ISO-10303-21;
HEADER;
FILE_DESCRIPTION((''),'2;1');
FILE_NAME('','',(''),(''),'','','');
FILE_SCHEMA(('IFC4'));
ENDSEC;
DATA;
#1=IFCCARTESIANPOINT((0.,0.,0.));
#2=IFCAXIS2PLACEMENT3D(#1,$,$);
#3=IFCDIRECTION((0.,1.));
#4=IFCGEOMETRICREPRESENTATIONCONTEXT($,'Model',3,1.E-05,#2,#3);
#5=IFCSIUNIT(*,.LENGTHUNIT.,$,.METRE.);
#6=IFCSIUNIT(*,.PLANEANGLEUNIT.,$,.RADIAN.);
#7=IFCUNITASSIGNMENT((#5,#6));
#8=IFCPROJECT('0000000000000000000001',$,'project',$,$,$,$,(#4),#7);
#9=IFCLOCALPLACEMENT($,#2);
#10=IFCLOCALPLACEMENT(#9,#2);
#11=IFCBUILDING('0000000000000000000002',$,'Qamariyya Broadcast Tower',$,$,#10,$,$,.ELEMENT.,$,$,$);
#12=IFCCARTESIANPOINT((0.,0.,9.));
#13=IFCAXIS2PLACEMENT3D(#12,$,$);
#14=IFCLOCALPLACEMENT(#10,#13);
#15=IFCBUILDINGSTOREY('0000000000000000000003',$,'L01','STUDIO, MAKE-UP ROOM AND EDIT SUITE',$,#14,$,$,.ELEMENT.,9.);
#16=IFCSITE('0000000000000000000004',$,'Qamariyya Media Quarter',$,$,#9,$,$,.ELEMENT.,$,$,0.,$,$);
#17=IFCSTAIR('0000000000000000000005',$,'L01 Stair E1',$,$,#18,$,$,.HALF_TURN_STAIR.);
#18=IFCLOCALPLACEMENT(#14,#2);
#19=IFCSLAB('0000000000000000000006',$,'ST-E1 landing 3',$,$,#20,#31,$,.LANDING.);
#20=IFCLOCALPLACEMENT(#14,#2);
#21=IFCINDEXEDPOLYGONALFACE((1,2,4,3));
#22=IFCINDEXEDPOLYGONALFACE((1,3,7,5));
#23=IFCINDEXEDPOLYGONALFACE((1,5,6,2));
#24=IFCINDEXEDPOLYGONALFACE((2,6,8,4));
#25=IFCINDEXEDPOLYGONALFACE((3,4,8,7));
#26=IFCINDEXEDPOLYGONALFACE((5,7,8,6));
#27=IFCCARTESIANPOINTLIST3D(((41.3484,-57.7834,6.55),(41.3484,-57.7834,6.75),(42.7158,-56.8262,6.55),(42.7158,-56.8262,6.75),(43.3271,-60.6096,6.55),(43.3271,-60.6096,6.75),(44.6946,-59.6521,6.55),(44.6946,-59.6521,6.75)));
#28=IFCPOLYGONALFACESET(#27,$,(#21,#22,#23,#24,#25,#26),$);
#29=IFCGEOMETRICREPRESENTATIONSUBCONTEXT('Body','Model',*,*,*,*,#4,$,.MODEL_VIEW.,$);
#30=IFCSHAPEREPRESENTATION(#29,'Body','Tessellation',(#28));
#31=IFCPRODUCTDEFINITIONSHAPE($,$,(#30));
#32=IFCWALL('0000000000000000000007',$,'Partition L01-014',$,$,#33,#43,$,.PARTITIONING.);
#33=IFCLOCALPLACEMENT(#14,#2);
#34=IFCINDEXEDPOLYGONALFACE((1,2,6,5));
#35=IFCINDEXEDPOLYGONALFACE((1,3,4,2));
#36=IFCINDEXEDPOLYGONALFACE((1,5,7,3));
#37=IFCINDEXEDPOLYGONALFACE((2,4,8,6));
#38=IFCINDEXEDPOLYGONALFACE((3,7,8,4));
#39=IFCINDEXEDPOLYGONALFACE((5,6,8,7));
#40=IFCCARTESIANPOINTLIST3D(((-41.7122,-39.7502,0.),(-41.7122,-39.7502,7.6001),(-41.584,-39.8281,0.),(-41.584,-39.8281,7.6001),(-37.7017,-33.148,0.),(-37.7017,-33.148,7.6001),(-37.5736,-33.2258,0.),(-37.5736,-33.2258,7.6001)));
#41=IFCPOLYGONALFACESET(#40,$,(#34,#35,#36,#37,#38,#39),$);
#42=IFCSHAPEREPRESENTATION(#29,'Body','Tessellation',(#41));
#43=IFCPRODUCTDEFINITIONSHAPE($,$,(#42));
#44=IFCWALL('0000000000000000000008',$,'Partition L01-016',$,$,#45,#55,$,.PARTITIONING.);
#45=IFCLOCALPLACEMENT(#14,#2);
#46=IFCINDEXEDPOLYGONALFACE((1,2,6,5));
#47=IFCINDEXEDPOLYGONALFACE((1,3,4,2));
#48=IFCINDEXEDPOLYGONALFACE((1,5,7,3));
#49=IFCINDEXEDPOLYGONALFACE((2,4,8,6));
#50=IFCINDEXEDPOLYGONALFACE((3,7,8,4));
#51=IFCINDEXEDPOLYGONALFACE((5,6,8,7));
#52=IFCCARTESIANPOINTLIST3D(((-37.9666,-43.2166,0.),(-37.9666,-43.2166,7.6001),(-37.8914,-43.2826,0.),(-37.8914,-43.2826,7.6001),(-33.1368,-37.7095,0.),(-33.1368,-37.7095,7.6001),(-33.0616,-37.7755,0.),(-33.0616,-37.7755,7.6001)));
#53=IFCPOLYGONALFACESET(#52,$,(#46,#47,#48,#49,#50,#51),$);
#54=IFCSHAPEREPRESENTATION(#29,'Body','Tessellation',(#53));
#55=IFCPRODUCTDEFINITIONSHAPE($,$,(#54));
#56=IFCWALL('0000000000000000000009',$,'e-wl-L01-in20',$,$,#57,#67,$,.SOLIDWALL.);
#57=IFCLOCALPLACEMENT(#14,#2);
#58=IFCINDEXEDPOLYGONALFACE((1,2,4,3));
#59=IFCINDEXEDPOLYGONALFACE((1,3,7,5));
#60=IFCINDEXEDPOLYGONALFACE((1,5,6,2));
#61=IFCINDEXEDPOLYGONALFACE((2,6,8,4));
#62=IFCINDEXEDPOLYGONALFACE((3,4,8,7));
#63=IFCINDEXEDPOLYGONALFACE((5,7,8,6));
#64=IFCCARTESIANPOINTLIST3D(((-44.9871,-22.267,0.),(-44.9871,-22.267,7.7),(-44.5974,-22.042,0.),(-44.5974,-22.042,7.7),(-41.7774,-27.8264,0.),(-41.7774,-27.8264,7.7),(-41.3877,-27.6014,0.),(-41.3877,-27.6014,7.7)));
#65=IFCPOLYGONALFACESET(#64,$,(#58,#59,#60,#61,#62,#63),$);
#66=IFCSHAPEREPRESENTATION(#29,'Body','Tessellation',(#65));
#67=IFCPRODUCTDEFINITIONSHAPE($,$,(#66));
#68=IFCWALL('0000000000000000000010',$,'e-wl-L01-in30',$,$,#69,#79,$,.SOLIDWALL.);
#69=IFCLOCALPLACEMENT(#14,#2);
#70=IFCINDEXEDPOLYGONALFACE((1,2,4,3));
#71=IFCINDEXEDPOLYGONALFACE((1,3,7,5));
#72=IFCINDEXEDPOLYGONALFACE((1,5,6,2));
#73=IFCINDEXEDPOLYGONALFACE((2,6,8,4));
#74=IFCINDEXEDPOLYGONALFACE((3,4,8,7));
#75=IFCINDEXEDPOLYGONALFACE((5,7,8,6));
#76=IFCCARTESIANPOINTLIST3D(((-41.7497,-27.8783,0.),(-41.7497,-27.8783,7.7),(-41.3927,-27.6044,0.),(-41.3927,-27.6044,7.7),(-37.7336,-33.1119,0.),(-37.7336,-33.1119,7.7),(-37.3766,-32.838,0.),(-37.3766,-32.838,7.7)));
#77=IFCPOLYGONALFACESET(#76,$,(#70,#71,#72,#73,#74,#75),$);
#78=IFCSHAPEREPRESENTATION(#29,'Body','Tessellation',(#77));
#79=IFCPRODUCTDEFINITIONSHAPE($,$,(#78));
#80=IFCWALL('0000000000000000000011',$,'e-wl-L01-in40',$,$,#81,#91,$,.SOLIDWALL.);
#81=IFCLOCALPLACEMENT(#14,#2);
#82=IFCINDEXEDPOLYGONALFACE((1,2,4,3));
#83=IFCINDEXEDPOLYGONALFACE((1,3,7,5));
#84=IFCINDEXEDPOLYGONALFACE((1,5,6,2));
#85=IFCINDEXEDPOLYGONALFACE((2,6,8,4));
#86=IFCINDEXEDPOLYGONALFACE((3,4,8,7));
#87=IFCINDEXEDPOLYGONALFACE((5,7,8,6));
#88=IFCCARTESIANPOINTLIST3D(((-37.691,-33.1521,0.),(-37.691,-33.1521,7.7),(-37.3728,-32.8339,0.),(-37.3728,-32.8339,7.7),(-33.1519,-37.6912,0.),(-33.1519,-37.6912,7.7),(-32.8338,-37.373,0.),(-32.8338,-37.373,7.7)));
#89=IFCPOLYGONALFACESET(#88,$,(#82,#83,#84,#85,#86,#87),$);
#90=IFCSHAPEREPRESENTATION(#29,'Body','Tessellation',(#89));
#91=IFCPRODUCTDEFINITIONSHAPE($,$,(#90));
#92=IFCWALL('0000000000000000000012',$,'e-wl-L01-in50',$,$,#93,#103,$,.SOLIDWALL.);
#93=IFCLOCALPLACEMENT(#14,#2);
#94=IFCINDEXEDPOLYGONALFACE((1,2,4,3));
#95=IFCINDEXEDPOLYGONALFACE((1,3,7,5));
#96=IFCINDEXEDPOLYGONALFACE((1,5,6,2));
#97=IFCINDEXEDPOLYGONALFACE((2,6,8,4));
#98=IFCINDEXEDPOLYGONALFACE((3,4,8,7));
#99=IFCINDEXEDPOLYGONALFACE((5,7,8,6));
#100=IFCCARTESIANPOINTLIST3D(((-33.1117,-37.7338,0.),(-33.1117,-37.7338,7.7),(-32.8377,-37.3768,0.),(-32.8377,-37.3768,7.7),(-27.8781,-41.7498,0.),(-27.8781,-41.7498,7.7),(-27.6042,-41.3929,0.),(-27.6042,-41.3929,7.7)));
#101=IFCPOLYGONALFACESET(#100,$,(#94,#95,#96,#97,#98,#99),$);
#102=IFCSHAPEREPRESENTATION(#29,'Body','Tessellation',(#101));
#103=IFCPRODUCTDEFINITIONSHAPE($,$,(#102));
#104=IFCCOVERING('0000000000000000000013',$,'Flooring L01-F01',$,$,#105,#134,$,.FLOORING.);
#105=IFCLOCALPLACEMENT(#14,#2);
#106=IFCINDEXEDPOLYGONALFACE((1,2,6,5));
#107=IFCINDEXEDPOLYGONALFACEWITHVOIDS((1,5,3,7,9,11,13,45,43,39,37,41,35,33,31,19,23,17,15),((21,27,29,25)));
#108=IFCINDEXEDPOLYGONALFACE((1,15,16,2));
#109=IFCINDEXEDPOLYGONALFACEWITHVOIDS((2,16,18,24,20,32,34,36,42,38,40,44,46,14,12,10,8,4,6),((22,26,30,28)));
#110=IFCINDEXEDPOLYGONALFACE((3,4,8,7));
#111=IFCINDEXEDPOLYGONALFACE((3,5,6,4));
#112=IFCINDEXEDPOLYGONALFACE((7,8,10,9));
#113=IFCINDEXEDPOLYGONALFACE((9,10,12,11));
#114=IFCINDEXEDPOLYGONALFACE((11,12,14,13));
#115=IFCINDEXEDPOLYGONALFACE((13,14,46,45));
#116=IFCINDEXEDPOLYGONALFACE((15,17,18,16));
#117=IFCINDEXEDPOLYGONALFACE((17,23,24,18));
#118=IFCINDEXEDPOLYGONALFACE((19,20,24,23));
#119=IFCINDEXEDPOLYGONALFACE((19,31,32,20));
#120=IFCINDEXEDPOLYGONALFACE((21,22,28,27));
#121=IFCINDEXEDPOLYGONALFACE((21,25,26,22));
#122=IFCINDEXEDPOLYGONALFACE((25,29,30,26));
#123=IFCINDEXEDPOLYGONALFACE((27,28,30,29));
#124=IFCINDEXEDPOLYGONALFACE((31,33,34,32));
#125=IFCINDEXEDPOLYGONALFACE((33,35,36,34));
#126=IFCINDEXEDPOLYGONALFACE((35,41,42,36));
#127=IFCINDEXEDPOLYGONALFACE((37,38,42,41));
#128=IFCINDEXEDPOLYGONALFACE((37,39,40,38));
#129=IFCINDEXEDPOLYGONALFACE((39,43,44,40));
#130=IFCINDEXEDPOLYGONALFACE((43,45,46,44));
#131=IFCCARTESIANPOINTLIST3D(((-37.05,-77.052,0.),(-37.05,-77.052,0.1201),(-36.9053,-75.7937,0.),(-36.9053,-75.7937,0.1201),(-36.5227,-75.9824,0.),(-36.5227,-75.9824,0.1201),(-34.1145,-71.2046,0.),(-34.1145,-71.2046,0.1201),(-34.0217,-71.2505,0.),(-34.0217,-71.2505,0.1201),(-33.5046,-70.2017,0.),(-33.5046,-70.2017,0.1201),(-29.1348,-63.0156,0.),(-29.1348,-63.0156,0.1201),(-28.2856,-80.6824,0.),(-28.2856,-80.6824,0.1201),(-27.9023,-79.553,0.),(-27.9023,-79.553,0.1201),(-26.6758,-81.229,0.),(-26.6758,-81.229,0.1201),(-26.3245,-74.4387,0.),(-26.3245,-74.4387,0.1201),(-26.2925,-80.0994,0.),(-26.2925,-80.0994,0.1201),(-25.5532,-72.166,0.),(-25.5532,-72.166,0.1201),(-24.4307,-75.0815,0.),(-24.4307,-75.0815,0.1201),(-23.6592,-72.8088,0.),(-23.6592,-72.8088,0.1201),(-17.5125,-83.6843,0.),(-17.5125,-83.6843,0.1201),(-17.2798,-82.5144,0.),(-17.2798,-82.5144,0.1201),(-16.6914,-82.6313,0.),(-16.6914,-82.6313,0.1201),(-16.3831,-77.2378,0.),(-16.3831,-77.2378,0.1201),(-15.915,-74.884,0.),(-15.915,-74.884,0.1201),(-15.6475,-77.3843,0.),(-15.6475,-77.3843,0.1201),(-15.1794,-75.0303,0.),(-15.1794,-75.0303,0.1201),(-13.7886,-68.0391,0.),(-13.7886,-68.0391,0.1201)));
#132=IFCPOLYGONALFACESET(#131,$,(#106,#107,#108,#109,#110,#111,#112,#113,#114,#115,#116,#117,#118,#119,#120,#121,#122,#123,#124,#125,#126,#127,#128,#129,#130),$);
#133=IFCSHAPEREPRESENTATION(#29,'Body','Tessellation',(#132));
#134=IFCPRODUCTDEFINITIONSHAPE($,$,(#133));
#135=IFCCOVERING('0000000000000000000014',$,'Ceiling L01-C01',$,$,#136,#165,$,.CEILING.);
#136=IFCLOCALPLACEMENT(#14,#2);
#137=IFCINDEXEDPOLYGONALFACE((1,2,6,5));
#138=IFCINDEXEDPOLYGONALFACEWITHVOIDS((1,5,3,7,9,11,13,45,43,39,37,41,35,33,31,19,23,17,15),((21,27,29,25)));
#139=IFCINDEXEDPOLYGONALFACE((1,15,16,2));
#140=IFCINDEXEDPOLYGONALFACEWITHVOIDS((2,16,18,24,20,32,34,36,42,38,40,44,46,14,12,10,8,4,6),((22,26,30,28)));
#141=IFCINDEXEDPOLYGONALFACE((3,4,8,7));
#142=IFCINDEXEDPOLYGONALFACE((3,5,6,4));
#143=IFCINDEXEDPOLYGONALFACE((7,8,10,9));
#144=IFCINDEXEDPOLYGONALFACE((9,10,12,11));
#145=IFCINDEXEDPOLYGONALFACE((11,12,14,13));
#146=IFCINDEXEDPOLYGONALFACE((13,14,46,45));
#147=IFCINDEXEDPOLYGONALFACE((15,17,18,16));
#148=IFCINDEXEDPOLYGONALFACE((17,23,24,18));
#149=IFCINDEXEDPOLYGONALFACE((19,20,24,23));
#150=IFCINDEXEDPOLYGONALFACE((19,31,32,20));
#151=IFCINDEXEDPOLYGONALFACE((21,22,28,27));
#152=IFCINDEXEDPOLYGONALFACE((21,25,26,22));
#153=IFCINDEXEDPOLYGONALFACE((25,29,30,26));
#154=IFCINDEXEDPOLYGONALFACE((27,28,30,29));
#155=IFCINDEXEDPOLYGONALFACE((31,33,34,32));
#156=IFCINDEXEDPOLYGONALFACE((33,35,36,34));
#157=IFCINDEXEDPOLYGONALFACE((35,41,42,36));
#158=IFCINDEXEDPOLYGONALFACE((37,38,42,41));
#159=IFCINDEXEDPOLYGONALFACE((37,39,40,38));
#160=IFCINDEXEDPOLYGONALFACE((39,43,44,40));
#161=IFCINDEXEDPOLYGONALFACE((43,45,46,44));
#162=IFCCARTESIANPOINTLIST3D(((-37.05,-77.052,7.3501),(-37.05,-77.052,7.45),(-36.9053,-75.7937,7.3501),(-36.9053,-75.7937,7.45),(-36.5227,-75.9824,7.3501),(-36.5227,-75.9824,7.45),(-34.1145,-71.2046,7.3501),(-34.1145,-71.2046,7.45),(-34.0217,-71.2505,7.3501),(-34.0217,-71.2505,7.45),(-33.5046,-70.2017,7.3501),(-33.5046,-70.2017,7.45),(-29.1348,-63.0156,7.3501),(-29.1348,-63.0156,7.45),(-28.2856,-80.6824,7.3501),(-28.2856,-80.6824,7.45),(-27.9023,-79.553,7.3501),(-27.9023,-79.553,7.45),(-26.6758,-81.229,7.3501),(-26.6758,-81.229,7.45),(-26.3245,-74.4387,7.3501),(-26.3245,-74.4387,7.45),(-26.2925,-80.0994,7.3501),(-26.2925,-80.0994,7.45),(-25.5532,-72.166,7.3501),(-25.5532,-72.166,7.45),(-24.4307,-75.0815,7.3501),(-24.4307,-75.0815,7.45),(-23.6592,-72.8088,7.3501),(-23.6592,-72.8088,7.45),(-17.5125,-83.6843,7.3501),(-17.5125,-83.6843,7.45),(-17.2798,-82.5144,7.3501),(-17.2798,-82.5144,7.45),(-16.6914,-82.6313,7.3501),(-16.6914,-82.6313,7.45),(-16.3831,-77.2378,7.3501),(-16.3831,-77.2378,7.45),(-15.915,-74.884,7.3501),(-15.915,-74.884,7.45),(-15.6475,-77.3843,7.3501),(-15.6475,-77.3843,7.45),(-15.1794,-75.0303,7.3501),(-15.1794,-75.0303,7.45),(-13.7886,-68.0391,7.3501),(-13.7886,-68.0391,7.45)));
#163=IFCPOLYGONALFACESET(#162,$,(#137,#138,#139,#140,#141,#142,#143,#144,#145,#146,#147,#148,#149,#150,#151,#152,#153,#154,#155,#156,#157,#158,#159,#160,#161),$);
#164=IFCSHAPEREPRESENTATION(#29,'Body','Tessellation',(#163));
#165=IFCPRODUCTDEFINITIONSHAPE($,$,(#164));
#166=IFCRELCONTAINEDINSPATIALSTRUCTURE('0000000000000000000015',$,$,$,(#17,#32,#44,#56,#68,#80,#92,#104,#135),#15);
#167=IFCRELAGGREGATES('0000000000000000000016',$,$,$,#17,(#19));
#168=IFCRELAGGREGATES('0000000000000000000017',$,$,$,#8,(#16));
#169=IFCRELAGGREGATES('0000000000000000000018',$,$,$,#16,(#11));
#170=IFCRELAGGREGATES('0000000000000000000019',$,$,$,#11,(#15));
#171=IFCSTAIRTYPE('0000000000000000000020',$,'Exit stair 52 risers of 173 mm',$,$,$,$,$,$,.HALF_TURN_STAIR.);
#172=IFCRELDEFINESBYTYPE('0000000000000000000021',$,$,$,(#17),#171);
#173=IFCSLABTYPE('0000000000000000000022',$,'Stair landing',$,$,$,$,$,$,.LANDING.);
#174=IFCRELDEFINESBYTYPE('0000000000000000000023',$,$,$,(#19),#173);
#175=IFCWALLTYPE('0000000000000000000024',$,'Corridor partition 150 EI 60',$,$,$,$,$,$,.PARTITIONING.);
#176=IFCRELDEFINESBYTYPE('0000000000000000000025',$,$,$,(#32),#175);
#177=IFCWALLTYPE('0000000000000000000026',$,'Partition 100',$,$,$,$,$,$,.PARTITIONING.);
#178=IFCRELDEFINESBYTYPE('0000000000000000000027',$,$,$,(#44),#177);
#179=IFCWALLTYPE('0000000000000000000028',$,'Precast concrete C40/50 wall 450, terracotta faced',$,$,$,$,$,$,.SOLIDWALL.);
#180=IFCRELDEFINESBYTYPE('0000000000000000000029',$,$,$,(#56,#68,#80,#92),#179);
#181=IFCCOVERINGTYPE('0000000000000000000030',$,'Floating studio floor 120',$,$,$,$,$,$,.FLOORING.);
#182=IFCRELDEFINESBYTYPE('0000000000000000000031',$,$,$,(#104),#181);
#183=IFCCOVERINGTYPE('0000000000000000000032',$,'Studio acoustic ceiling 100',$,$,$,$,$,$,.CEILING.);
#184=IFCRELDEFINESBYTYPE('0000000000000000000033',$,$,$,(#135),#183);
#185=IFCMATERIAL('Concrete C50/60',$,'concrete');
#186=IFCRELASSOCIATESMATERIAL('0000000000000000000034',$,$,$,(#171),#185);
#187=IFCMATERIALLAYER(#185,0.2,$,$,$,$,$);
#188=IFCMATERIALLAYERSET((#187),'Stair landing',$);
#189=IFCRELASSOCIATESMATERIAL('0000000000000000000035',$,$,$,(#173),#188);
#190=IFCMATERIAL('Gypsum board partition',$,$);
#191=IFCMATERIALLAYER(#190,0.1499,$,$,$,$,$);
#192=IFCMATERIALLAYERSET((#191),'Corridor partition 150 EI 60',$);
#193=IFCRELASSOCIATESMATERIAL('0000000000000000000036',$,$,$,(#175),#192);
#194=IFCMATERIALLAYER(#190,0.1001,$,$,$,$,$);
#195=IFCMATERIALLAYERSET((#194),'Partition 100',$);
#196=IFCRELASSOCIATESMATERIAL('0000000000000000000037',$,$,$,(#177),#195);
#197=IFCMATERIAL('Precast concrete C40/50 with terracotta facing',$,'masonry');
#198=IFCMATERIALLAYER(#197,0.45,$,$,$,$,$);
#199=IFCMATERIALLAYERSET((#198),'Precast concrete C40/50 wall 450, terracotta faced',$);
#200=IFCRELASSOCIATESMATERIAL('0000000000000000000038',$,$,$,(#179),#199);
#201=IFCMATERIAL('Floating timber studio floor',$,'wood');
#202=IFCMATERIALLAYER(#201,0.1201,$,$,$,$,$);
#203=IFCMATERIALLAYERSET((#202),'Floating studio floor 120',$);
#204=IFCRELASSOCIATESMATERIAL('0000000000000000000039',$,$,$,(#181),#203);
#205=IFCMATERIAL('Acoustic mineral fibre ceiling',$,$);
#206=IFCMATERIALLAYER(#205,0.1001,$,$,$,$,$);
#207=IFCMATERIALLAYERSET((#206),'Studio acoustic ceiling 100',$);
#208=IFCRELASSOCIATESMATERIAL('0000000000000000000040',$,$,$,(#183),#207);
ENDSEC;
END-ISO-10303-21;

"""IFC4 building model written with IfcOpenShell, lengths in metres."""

from ifc_helpers import new_model, si_unit, direction, frame, frame_2d, origin, place, context, subcontext, project, spatial, polyline, rectangle, outline, extrude, material, layer, layer_set, type_object, element, aggregate, save


model = new_model("IFC4")

# Units and contexts
model_context = context("Model", 3, precision=1e-05, world=origin(), true_north=direction((0.0, 1.0)))
body_context = subcontext(model_context, "Body", "Model", "MODEL_VIEW")
ifc_project = project(units=[si_unit("LENGTHUNIT", "METRE"), si_unit("PLANEANGLEUNIT", "RADIAN")], contexts=[model_context])

# Site, building, storey
site_placement = place(None, origin())
site = spatial("IfcSite", under=ifc_project, at=site_placement, Name="Qamariyya Media Quarter", CompositionType="ELEMENT", RefElevation=0.0)
building_placement = place(site_placement, origin())
building = spatial("IfcBuilding", under=site, at=building_placement, Name="Qamariyya Broadcast Tower", CompositionType="ELEMENT")
storey_placement = place(building_placement, frame((0.0, 0.0, 9.0)))
storey = spatial("IfcBuildingStorey", under=building, at=storey_placement, Name="L01", Description="STUDIO, MAKE-UP ROOM AND EDIT SUITE", CompositionType="ELEMENT", Elevation=9.0)

# Shared definitions
ifc_material_1 = material(Name="Concrete C50/60", Category="concrete")

# Stair, slab
stair_type = type_object("IfcStairType", Name="Exit stair 52 risers of 173 mm", PredefinedType="HALF_TURN_STAIR", material=ifc_material_1)
ifc_layer_1 = layer(ifc_material_1, 0.2)
ifc_layer_set_1 = layer_set([ifc_layer_1], Name="Stair landing")
slab_type_1 = type_object("IfcSlabType", Name="Stair landing", PredefinedType="LANDING", material=ifc_layer_set_1)
stair_1_placement = place(storey_placement, origin())
stair_1 = element("IfcStair", 1, at=stair_1_placement, inside=storey, type_object=stair_type, Name="L01 Stair E1", PredefinedType="HALF_TURN_STAIR")
slab_1_placement = place(storey_placement, frame((0.0, 0.0, 6.55)))
slab_1 = element("IfcSlab", 2, at=slab_1_placement, type_object=slab_type_1, Name="ST-E1 landing 3", PredefinedType="LANDING", context=body_context, shape_type="SweptSolid", body=[
    extrude(outline(polyline([(42.7158, -56.8262), (41.3484, -57.7834), (43.3271, -60.6096), (44.6946, -59.6521), (42.7158, -56.8262)])), origin(), (0.0, 0.0, 1.0), 0.2),
])
aggregate(stair_1, [slab_1])

# Walls
ifc_material_2 = material(Name="Gypsum board partition")
ifc_layer_2 = layer(ifc_material_2, 0.1499)
ifc_layer_set_2 = layer_set([ifc_layer_2], Name="Corridor partition 150 EI 60")
wall_type_1 = type_object("IfcWallType", Name="Corridor partition 150 EI 60", PredefinedType="PARTITIONING", material=ifc_layer_set_2)
wall_1_placement = place(storey_placement, frame((-37.6377, -33.187, 0.0), z_axis=(0.0, 0.0, 1.0), x_axis=(-0.519164, -0.854675, 0.0)))
element("IfcWall", 3, at=wall_1_placement, inside=storey, type_object=wall_type_1, Name="Partition L01-014", PredefinedType="PARTITIONING", context=body_context, shape_type="SweptSolid", body=[
    extrude(rectangle(XDim=7.7249, YDim=0.1499, at=frame_2d((3.8623, 0.0))), origin(), (0.0, 0.0, 1.0), 7.6001),
])
ifc_layer_3 = layer(ifc_material_2, 0.1001)
ifc_layer_set_3 = layer_set([ifc_layer_3], Name="Partition 100")
wall_type_2 = type_object("IfcWallType", Name="Partition 100", PredefinedType="PARTITIONING", material=ifc_layer_set_3)
wall_2_placement = place(storey_placement, frame((-33.0991, -37.7424, 0.0), z_axis=(0.0, 0.0, 1.0), x_axis=(-0.659365, -0.751823, 0.0)))
element("IfcWall", 4, at=wall_2_placement, inside=storey, type_object=wall_type_2, Name="Partition L01-016", PredefinedType="PARTITIONING", context=body_context, shape_type="SweptSolid", body=[
    extrude(rectangle(XDim=7.325, YDim=0.1001, at=frame_2d((3.6626, 0.0))), origin(), (0.0, 0.0, 1.0), 7.6001),
])
ifc_material_3 = material(Name="Precast concrete C40/50 with terracotta facing", Category="masonry")
ifc_layer_4 = layer(ifc_material_3, 0.45)
ifc_layer_set_4 = layer_set([ifc_layer_4], Name="Precast concrete C40/50 wall 450, terracotta faced")
wall_type_3 = type_object("IfcWallType", Name="Precast concrete C40/50 wall 450, terracotta faced", PredefinedType="SOLIDWALL", material=ifc_layer_set_4)
wall_3_placement = place(storey_placement, frame((-41.5825, -27.7139, 0.0), z_axis=(0.0, 0.0, 1.0), x_axis=(-0.500004, 0.866023, 0.0)))
element("IfcWall", 5, at=wall_3_placement, inside=storey, type_object=wall_type_3, Name="e-wl-L01-in20", PredefinedType="SOLIDWALL", context=body_context, shape_type="SweptSolid", body=[
    extrude(rectangle(XDim=6.4194, YDim=0.45, at=frame_2d((3.2097, 0.0))), origin(), (0.0, 0.0, 1.0), 7.7),
])
wall_4_placement = place(storey_placement, frame((-37.5552, -32.9749, 0.0), z_axis=(0.0, 0.0, 1.0), x_axis=(-0.60878, 0.793339, 0.0)))
element("IfcWall", 6, at=wall_4_placement, inside=storey, type_object=wall_type_3, Name="e-wl-L01-in30", PredefinedType="SOLIDWALL", context=body_context, shape_type="SweptSolid", body=[
    extrude(rectangle(XDim=6.5969, YDim=0.45, at=frame_2d((3.2983, 0.0))), origin(), (0.0, 0.0, 1.0), 7.7),
])
wall_5_placement = place(storey_placement, frame((-32.9929, -37.532, 0.0), z_axis=(0.0, 0.0, 1.0), x_axis=(-0.707107, 0.707107, 0.0)))
element("IfcWall", 7, at=wall_5_placement, inside=storey, type_object=wall_type_3, Name="e-wl-L01-in40", PredefinedType="SOLIDWALL", context=body_context, shape_type="SweptSolid", body=[
    extrude(rectangle(XDim=6.4192, YDim=0.45, at=frame_2d((3.2095, 0.0))), origin(), (0.0, 0.0, 1.0), 7.7),
])
wall_6_placement = place(storey_placement, frame((-27.7412, -41.5713, 0.0), z_axis=(0.0, 0.0, 1.0), x_axis=(-0.793339, 0.60878, 0.0)))
element("IfcWall", 8, at=wall_6_placement, inside=storey, type_object=wall_type_3, Name="e-wl-L01-in50", PredefinedType="SOLIDWALL", context=body_context, shape_type="SweptSolid", body=[
    extrude(rectangle(XDim=6.5969, YDim=0.45, at=frame_2d((3.2983, 0.0))), origin(), (0.0, 0.0, 1.0), 7.7),
])

# Coverings
ifc_material_4 = material(Name="Floating timber studio floor", Category="wood")
ifc_layer_5 = layer(ifc_material_4, 0.1201)
ifc_layer_set_5 = layer_set([ifc_layer_5], Name="Floating studio floor 120")
covering_type_1 = type_object("IfcCoveringType", Name="Floating studio floor 120", PredefinedType="FLOORING", material=ifc_layer_set_5)
covering_1_placement = place(storey_placement, origin())
element("IfcCovering", 9, at=covering_1_placement, inside=storey, type_object=covering_type_1, Name="Flooring L01-F01", PredefinedType="FLOORING", context=body_context, shape_type="SweptSolid", body=[
    extrude(outline(polyline([(-34.0217, -71.2505), (-33.5046, -70.2017), (-29.1348, -63.0156), (-13.7886, -68.0391), (-15.1794, -75.0303), (-15.915, -74.884), (-16.3831, -77.2378), (-15.6475, -77.3843), (-16.6914, -82.6313), (-17.2798, -82.5144), (-17.5125, -83.6843), (-26.6758, -81.229), (-26.2925, -80.0994), (-27.9023, -79.553), (-28.2856, -80.6824), (-37.05, -77.052), (-36.5227, -75.9824), (-36.9053, -75.7937), (-34.1145, -71.2046), (-34.0217, -71.2505)]), holes=[polyline([(-26.3245, -74.4387), (-24.4307, -75.0815), (-23.6592, -72.8088), (-25.5532, -72.166), (-26.3245, -74.4387)])]), origin(), (0.0, 0.0, 1.0), 0.1201),
])
ifc_material_5 = material(Name="Acoustic mineral fibre ceiling")
ifc_layer_6 = layer(ifc_material_5, 0.1001)
ifc_layer_set_6 = layer_set([ifc_layer_6], Name="Studio acoustic ceiling 100")
covering_type_2 = type_object("IfcCoveringType", Name="Studio acoustic ceiling 100", PredefinedType="CEILING", material=ifc_layer_set_6)
covering_2_placement = place(storey_placement, frame((0.0, 0.0, 7.3501)))
element("IfcCovering", 10, at=covering_2_placement, inside=storey, type_object=covering_type_2, Name="Ceiling L01-C01", PredefinedType="CEILING", context=body_context, shape_type="SweptSolid", body=[
    extrude(outline(polyline([(-34.0217, -71.2505), (-33.5046, -70.2017), (-29.1348, -63.0156), (-13.7886, -68.0391), (-15.1794, -75.0303), (-15.915, -74.884), (-16.3831, -77.2378), (-15.6475, -77.3843), (-16.6914, -82.6313), (-17.2798, -82.5144), (-17.5125, -83.6843), (-26.6758, -81.229), (-26.2925, -80.0994), (-27.9023, -79.553), (-28.2856, -80.6824), (-37.05, -77.052), (-36.5227, -75.9824), (-36.9053, -75.7937), (-34.1145, -71.2046), (-34.0217, -71.2505)]), holes=[polyline([(-26.3245, -74.4387), (-24.4307, -75.0815), (-23.6592, -72.8088), (-25.5532, -72.166), (-26.3245, -74.4387)])]), origin(), (0.0, 0.0, 1.0), 0.0999),
])

save(model, "model.ifc")
